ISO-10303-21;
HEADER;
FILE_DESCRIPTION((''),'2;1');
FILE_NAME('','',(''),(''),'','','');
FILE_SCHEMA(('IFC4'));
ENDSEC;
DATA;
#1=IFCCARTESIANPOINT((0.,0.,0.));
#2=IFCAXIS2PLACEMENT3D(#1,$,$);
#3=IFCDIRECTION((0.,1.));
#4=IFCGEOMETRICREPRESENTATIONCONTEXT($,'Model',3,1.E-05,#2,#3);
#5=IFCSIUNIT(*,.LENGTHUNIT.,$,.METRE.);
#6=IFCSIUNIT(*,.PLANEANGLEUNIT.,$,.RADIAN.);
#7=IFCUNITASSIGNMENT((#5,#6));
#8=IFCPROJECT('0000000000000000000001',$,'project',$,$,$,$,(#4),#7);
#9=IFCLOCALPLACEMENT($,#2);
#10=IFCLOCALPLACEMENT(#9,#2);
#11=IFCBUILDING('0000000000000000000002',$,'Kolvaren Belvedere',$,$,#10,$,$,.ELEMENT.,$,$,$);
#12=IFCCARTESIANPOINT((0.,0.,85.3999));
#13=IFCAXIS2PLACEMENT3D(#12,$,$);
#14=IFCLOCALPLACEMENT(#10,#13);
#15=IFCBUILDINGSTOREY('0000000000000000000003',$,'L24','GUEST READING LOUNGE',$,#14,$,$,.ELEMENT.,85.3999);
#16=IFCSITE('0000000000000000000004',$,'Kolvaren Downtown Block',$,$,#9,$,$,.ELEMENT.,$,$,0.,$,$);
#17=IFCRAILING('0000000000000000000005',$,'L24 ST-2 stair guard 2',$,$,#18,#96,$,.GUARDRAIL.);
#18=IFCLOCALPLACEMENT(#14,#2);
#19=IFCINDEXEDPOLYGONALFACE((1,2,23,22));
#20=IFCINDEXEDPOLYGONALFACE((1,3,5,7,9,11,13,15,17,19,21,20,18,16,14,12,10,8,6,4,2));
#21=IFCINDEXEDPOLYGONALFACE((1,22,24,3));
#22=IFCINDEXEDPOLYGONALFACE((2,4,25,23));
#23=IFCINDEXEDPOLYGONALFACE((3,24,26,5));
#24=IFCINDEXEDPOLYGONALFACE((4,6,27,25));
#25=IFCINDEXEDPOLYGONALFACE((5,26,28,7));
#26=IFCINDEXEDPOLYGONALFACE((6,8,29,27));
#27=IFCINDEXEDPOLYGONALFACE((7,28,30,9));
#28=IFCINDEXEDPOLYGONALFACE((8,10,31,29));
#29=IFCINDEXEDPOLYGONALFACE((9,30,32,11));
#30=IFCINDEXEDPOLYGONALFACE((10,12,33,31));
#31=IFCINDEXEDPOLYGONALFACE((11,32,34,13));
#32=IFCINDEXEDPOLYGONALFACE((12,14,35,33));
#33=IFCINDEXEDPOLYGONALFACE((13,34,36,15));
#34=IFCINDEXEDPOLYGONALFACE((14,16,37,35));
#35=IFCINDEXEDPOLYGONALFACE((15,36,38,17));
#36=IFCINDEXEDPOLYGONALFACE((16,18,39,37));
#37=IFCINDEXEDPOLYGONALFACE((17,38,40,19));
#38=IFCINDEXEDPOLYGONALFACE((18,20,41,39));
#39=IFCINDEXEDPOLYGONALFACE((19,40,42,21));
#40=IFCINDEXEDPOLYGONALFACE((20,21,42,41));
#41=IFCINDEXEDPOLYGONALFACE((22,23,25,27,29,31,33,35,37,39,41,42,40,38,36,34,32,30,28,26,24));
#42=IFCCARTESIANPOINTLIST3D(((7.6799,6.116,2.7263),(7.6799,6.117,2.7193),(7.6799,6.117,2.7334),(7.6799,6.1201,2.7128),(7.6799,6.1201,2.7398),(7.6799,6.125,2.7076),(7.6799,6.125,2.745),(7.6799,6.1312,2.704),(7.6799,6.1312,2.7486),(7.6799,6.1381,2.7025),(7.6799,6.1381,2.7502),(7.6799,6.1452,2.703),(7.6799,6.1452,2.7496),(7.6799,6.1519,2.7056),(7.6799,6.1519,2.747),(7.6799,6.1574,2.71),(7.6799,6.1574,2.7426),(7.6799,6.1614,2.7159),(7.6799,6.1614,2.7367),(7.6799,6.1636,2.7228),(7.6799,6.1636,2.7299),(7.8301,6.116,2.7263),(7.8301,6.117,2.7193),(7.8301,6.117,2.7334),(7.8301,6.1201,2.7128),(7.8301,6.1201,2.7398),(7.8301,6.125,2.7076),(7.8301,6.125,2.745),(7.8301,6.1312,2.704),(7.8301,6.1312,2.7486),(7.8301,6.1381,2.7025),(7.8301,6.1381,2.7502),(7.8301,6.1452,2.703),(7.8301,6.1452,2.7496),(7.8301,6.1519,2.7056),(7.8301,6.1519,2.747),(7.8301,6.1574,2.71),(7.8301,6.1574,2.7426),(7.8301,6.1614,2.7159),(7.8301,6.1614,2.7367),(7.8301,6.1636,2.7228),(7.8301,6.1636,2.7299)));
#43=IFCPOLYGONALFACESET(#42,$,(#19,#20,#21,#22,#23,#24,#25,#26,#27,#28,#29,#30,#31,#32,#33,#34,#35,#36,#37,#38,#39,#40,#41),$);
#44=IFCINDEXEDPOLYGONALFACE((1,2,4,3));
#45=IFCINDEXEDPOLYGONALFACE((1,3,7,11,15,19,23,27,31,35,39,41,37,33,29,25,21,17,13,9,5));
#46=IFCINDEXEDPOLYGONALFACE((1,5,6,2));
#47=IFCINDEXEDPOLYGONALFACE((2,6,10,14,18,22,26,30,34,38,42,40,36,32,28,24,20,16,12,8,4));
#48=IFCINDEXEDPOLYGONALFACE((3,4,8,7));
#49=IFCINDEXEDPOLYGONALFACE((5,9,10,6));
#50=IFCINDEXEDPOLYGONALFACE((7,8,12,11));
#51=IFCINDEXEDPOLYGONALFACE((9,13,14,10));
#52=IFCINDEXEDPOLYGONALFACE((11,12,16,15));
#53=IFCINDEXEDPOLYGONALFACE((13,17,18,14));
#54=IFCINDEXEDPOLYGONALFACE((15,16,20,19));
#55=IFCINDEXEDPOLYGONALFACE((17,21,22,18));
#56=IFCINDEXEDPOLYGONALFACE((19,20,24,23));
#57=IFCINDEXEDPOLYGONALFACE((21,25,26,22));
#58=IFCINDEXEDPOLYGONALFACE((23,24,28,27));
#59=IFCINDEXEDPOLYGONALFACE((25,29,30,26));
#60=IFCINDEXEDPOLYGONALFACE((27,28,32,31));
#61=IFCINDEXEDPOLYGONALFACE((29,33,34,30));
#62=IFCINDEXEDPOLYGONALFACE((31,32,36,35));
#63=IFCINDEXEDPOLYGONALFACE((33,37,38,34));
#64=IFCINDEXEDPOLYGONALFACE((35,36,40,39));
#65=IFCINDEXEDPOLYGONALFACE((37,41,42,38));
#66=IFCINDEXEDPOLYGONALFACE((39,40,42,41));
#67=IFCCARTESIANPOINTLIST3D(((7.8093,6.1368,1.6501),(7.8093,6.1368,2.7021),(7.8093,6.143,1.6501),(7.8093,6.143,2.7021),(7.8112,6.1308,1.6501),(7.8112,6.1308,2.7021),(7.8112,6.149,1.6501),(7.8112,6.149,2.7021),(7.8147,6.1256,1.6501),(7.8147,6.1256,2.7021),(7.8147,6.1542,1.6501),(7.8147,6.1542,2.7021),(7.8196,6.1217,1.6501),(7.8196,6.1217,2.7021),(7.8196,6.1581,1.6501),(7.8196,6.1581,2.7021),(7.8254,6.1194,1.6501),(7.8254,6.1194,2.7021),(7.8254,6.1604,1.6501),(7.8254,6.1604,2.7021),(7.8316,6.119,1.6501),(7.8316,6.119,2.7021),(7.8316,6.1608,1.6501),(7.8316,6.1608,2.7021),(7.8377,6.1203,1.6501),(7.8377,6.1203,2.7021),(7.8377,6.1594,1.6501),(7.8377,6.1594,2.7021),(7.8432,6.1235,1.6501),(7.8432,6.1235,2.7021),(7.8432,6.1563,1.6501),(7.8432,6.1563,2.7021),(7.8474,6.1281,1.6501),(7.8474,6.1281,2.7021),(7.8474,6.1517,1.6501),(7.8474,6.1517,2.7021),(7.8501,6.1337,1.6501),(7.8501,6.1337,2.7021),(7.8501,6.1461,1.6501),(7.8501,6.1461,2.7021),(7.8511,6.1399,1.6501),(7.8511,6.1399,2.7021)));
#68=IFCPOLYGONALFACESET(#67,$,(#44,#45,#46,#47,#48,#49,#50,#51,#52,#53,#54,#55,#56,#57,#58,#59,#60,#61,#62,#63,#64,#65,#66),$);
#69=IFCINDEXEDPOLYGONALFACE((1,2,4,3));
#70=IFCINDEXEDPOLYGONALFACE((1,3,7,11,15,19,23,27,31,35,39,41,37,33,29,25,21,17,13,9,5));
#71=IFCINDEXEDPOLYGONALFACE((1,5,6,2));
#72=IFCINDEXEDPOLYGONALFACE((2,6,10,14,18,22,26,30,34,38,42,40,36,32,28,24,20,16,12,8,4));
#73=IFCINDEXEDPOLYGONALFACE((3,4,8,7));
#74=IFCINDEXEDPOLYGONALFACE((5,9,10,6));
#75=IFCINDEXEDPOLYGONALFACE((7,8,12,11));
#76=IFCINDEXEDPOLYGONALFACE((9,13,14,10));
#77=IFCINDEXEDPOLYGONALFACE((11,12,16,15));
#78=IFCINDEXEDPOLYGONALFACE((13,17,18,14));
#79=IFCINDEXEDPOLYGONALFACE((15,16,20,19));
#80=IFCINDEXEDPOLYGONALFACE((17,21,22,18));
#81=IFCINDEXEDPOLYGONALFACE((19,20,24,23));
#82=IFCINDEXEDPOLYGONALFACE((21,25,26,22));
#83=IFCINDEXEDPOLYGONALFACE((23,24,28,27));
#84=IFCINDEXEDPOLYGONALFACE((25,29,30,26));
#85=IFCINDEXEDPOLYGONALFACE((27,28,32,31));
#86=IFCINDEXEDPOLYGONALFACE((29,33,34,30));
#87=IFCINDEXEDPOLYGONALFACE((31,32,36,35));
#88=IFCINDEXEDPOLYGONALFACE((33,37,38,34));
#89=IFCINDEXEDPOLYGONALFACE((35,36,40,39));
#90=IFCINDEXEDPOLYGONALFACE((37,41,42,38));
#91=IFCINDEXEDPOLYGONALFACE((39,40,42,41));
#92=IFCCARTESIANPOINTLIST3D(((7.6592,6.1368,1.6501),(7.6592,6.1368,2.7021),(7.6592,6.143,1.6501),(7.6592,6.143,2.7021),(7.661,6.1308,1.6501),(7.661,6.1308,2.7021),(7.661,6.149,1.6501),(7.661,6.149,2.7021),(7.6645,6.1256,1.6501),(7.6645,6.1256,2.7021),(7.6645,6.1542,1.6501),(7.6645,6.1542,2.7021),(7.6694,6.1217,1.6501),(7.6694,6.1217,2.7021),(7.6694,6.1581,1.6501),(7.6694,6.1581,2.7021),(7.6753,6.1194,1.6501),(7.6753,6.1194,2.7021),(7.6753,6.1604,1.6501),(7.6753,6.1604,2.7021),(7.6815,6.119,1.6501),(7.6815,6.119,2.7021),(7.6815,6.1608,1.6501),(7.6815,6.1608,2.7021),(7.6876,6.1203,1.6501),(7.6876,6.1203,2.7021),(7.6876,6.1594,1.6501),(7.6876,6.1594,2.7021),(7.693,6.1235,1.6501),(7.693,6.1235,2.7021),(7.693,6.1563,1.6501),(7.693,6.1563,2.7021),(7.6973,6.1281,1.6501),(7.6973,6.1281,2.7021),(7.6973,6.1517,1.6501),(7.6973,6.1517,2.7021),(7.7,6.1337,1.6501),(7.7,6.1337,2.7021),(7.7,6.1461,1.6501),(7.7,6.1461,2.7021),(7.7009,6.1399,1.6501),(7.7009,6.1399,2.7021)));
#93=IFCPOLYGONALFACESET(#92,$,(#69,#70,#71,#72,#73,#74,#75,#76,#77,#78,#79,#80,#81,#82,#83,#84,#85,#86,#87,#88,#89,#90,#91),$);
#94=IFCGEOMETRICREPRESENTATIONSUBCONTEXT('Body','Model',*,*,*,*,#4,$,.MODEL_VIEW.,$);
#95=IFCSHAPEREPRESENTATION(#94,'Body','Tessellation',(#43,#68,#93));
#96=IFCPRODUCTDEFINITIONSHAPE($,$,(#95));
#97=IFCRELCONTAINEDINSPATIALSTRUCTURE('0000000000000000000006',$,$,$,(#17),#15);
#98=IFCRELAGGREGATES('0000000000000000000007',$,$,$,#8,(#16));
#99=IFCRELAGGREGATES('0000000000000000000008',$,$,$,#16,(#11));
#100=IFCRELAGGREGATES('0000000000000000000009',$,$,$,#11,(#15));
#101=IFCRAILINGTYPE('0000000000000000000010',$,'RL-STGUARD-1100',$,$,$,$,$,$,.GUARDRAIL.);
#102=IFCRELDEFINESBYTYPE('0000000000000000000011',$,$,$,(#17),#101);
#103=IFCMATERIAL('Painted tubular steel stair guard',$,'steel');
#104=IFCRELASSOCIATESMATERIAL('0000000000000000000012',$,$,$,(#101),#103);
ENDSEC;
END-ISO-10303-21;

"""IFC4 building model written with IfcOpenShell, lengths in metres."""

from ifc_helpers import new_model, si_unit, direction, frame, origin, origin_2d, place, context, subcontext, project, spatial, circle, extrude, material, type_object, element, save


model = new_model("IFC4")

# Units and contexts
model_context = context("Model", 3, precision=1e-05, world=origin(), true_north=direction((0.0, 1.0)))
body_context = subcontext(model_context, "Body", "Model", "MODEL_VIEW")
ifc_project = project(units=[si_unit("LENGTHUNIT", "METRE"), si_unit("PLANEANGLEUNIT", "RADIAN")], contexts=[model_context])

# Site, building, storey
site_placement = place(None, origin())
site = spatial("IfcSite", under=ifc_project, at=site_placement, Name="Kolvaren Downtown Block", CompositionType="ELEMENT", RefElevation=0.0)
building_placement = place(site_placement, origin())
building = spatial("IfcBuilding", under=site, at=building_placement, Name="Kolvaren Belvedere", CompositionType="ELEMENT")
storey_placement = place(building_placement, frame((0.0, 0.0, 85.3999)))
storey = spatial("IfcBuildingStorey", under=building, at=storey_placement, Name="L24", Description="GUEST READING LOUNGE", CompositionType="ELEMENT", Elevation=85.3999)

# Railing
ifc_material_1 = material(Name="Painted tubular steel stair guard", Category="steel")
railing_type_1 = type_object("IfcRailingType", Name="RL-STGUARD-1100", PredefinedType="GUARDRAIL", material=ifc_material_1)
railing_1_placement = place(storey_placement, frame((7.8301, 6.1399, 1.6501)))
element("IfcRailing", 1, at=railing_1_placement, inside=storey, type_object=railing_type_1, Name="L24 ST-2 stair guard 2", PredefinedType="GUARDRAIL", context=body_context, shape_type="SweptSolid", body=[
    extrude(circle(Radius=0.0239, at=origin_2d()), frame((0.0, 0.0, 1.0762), z_axis=(-1.0, 0.0, 0.0), x_axis=(0.0, -1.0, 0.0)), (0.0, 0.0, 1.0), 0.1501),
    extrude(circle(Radius=0.021, at=origin_2d()), origin(), (0.0, 0.0, 1.0), 1.052),
    extrude(circle(Radius=0.021, at=origin_2d()), frame((-0.1501, 0.0, 0.0)), (0.0, 0.0, 1.0), 1.052),
])

save(model, "model.ifc")
